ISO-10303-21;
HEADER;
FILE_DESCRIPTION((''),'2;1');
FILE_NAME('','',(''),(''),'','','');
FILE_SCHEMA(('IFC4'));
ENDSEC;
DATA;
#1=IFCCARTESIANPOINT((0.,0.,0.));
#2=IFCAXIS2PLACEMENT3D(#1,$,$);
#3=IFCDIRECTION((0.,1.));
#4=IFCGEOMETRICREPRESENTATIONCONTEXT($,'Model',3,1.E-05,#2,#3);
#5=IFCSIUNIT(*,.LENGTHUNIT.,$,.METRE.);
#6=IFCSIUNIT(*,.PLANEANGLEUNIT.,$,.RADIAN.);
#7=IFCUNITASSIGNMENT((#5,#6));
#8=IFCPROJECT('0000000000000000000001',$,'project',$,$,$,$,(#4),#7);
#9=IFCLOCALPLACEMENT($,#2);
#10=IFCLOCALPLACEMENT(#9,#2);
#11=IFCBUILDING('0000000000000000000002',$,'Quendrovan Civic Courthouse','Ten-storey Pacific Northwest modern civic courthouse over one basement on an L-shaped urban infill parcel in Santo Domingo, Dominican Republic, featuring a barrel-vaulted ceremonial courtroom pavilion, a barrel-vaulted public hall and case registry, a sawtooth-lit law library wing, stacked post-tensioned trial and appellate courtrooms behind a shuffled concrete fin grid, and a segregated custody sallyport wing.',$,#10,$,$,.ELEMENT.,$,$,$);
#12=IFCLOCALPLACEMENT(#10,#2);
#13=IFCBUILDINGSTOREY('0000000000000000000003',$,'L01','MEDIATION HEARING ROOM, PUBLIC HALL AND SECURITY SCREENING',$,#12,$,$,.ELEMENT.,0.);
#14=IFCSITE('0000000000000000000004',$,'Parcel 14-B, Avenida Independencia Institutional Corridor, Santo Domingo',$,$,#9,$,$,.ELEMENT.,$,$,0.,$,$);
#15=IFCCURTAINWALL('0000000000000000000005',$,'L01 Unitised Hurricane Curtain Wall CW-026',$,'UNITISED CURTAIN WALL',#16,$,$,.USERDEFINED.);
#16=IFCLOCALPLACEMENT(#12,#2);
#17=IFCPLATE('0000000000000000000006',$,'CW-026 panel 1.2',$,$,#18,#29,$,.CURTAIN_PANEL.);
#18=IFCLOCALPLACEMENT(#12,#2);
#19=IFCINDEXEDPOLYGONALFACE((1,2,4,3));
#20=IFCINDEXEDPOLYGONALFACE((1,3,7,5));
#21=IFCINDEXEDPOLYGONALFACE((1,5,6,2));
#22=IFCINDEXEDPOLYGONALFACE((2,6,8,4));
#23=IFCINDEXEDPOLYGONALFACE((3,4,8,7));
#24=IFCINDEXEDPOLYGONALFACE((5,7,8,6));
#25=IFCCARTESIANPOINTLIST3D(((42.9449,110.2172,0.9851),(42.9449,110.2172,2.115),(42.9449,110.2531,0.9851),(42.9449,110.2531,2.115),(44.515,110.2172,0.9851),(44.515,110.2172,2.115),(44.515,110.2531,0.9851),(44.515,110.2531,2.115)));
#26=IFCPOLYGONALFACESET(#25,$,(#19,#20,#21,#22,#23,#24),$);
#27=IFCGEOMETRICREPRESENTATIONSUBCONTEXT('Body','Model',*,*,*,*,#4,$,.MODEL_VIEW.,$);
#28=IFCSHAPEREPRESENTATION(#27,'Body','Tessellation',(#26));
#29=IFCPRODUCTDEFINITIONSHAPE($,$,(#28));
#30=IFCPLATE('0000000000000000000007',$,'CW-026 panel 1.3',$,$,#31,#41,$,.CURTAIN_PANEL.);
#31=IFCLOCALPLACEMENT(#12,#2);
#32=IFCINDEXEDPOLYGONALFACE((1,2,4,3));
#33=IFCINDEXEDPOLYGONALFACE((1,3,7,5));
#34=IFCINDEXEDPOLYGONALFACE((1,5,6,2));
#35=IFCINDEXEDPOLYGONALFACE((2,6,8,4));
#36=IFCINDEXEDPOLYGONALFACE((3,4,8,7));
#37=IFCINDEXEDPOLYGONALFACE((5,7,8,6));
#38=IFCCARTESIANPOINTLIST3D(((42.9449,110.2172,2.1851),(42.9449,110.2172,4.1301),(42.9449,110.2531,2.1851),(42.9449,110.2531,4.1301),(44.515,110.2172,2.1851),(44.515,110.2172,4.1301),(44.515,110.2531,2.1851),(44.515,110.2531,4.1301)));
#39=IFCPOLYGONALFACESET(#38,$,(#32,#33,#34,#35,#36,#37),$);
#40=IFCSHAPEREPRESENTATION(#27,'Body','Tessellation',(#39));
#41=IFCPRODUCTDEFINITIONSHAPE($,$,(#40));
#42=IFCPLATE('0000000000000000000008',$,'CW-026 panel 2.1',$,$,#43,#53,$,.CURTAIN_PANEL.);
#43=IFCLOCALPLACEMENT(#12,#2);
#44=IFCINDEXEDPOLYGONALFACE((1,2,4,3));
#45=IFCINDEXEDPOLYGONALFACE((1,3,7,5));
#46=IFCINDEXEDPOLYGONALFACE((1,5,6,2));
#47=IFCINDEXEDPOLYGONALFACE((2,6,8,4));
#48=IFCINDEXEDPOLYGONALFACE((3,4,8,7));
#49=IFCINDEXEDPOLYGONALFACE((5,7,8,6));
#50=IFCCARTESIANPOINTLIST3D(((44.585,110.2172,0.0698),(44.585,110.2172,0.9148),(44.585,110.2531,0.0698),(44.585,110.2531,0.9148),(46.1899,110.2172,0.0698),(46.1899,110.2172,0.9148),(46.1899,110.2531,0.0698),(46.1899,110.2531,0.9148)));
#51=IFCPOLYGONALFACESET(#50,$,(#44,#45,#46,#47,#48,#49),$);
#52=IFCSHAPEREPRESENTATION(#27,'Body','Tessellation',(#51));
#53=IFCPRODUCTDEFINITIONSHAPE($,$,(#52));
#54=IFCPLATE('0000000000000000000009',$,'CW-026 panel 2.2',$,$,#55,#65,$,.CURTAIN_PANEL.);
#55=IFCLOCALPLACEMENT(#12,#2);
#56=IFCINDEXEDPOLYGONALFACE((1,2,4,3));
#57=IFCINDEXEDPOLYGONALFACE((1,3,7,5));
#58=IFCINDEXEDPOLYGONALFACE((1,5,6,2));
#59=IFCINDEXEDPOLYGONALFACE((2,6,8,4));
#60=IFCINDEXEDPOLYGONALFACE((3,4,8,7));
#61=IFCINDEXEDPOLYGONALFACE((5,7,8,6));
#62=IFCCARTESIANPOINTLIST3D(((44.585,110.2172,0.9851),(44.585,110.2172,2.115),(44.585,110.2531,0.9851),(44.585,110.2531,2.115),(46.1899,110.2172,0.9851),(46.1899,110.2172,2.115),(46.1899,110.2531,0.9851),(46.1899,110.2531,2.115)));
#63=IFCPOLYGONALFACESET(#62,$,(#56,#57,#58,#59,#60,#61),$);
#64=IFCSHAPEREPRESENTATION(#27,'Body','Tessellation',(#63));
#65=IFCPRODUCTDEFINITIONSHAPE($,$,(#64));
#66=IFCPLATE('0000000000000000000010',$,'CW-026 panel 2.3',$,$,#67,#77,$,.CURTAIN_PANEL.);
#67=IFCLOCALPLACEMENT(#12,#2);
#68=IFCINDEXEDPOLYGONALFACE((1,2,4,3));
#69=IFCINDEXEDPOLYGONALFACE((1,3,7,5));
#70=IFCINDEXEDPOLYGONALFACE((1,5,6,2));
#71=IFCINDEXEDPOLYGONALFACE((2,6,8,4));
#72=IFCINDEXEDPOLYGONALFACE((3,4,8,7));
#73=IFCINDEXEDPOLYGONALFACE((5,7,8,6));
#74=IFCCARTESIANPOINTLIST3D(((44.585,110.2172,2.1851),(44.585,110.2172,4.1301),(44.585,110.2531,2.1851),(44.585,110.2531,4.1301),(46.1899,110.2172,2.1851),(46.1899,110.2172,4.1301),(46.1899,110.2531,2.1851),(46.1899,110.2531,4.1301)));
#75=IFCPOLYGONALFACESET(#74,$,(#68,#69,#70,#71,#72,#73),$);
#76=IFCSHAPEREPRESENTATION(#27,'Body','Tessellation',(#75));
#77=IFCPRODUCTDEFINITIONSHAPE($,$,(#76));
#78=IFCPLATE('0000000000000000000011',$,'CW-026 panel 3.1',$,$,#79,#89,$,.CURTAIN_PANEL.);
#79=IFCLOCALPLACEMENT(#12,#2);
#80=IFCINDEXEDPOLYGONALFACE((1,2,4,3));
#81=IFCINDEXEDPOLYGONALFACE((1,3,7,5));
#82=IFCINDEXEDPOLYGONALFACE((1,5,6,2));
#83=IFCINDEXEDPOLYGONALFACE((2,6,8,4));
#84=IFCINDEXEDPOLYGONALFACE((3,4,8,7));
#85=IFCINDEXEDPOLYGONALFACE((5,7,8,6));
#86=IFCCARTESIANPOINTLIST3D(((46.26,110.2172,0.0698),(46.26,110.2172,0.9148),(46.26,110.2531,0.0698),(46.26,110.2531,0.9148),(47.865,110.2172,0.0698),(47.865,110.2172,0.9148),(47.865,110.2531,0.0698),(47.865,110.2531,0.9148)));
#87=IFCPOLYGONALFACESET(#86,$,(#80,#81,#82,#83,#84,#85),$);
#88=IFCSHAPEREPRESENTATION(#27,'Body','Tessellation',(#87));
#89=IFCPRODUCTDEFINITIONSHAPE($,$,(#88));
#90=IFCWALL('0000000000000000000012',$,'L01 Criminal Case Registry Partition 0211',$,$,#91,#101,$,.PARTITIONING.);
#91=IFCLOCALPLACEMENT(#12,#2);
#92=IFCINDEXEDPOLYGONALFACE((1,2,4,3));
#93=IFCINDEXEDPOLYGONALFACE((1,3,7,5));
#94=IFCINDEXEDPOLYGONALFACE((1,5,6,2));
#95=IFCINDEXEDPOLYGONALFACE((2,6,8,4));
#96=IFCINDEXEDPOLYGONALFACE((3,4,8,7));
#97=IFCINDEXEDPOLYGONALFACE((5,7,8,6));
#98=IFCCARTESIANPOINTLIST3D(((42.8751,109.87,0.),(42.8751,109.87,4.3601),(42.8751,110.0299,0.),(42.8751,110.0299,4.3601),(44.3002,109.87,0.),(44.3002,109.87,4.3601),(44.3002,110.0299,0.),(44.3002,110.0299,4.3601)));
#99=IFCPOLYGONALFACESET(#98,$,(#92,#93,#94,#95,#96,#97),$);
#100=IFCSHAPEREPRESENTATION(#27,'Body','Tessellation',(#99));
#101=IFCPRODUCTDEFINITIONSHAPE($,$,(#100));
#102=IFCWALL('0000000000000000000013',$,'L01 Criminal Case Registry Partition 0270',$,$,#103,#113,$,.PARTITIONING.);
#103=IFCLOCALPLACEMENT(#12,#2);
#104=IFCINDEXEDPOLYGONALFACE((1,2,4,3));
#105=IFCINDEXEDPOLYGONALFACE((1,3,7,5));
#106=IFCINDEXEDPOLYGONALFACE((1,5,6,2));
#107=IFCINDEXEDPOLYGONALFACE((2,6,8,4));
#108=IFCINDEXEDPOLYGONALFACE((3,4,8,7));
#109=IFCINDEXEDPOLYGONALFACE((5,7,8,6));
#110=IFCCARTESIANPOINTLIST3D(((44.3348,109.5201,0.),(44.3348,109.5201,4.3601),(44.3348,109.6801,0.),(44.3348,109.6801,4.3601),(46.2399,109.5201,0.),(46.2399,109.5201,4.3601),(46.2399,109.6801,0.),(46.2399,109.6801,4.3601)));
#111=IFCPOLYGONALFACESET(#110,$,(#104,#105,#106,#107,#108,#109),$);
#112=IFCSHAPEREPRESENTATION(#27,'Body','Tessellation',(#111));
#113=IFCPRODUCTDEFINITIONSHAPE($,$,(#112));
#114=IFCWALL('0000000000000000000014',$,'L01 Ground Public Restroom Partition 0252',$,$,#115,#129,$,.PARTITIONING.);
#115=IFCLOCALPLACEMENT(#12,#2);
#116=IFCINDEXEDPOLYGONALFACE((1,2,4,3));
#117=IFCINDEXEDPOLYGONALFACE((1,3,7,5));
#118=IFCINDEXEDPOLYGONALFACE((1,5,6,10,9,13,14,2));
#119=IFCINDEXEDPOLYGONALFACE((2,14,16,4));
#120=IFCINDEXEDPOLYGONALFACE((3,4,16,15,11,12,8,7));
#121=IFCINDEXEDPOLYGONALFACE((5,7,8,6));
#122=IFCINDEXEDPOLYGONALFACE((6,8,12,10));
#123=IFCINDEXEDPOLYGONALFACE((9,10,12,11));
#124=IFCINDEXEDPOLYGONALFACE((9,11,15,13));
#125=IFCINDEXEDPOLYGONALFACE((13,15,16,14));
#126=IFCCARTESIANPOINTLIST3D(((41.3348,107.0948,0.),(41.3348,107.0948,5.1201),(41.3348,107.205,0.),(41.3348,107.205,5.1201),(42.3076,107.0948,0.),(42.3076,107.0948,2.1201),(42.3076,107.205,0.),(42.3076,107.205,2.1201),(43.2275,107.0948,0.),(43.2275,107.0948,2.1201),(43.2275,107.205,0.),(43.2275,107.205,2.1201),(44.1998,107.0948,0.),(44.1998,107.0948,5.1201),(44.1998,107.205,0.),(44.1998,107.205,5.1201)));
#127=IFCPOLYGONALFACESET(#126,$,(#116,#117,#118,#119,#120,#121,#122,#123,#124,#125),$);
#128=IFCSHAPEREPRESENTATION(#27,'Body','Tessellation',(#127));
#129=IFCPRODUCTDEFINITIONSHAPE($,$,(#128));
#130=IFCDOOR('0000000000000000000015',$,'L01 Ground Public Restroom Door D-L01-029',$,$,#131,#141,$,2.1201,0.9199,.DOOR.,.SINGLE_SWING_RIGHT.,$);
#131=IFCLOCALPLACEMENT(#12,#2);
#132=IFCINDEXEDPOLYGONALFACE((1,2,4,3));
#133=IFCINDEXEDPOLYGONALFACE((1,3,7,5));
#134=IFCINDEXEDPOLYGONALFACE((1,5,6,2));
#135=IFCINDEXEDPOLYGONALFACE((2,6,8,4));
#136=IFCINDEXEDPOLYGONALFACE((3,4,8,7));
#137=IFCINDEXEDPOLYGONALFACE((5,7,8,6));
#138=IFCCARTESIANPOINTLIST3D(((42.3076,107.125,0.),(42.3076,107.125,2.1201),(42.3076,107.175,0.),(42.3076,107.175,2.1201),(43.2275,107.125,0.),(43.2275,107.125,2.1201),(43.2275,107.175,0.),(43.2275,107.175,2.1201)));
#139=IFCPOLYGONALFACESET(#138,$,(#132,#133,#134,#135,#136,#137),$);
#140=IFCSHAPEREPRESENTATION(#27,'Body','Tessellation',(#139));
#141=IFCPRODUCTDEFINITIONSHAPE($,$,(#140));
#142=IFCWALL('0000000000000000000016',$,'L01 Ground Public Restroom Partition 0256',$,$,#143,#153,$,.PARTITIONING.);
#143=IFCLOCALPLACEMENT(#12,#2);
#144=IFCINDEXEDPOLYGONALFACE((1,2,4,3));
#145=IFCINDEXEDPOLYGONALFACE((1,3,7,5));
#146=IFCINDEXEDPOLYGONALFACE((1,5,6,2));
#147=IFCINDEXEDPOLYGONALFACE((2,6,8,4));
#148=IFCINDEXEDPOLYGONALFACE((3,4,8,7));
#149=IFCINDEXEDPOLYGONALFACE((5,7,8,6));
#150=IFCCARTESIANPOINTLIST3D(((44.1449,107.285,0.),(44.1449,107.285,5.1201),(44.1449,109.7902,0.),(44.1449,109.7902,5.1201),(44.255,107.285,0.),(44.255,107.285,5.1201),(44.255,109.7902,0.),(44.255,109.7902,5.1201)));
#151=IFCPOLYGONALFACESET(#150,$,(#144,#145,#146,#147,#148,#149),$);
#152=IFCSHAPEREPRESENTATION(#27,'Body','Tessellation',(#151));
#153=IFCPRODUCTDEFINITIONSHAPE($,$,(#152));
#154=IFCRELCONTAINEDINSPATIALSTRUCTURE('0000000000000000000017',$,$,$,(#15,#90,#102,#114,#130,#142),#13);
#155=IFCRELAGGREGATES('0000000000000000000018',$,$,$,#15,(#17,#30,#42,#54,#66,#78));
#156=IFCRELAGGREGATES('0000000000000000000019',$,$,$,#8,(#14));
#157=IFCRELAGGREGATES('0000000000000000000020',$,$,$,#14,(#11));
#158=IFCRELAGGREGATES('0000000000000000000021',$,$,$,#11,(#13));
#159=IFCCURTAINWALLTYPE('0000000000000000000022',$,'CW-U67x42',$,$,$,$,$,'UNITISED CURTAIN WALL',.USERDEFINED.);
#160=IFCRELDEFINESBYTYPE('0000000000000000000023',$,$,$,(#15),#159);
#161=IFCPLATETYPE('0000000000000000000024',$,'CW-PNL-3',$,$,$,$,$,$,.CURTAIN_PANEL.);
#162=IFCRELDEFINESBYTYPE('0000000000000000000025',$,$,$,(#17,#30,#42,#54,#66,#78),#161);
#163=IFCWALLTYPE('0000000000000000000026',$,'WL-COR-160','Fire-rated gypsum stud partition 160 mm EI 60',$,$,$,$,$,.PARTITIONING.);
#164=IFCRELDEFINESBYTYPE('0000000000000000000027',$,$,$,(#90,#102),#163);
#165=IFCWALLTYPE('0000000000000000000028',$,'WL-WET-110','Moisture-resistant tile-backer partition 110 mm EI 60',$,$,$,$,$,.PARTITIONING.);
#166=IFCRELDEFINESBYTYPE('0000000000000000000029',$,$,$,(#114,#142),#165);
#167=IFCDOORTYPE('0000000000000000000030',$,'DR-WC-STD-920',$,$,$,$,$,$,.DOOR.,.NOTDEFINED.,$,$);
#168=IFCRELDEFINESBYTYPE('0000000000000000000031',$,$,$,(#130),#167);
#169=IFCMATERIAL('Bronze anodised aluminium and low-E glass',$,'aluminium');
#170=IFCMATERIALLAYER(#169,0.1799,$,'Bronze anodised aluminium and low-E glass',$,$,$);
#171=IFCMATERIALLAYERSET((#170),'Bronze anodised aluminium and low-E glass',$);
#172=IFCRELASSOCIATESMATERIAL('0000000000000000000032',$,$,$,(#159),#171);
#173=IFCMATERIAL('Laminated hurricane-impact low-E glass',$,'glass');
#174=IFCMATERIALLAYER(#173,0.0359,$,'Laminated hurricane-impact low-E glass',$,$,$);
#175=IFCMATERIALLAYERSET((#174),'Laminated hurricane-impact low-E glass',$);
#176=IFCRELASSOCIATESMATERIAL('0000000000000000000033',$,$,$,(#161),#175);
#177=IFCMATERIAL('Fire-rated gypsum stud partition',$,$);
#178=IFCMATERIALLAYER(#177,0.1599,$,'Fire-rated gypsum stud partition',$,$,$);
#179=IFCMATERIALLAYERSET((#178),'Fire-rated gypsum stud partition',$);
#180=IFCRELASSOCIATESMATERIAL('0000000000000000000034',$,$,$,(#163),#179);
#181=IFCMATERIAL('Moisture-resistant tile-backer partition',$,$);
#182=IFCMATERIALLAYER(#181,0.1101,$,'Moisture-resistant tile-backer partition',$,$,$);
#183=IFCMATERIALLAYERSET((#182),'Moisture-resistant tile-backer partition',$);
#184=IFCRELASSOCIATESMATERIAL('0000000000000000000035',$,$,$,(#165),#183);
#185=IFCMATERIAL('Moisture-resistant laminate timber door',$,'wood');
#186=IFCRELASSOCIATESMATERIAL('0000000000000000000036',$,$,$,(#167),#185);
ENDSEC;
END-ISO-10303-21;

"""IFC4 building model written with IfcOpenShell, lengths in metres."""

from ifc_helpers import new_model, si_unit, direction, frame, frame_2d, origin, origin_2d, place, context, subcontext, project, spatial, rectangle, extrude, material, layer, layer_set, type_object, element, fill, aggregate, save


model = new_model("IFC4")

# Units and contexts
model_context = context("Model", 3, precision=1e-05, world=origin(), true_north=direction((0.0, 1.0)))
body_context = subcontext(model_context, "Body", "Model", "MODEL_VIEW")
ifc_project = project(units=[si_unit("LENGTHUNIT", "METRE"), si_unit("PLANEANGLEUNIT", "RADIAN")], contexts=[model_context])

# Site, building, storey
site_placement = place(None, origin())
site = spatial("IfcSite", under=ifc_project, at=site_placement, Name="Parcel 14-B, Avenida Independencia Institutional Corridor, Santo Domingo", CompositionType="ELEMENT", RefElevation=0.0)
building_placement = place(site_placement, origin())
building = spatial("IfcBuilding", under=site, at=building_placement, Name="Quendrovan Civic Courthouse", Description="Ten-storey Pacific Northwest modern civic courthouse over one basement on an L-shaped urban infill parcel in Santo Domingo, Dominican Republic, featuring a barrel-vaulted ceremonial courtroom pavilion, a barrel-vaulted public hall and case registry, a sawtooth-lit law library wing, stacked post-tensioned trial and appellate courtrooms behind a shuffled concrete fin grid, and a segregated custody sallyport wing.", CompositionType="ELEMENT")
storey_placement = place(building_placement, origin())
storey = spatial("IfcBuildingStorey", under=building, at=storey_placement, Name="L01", Description="MEDIATION HEARING ROOM, PUBLIC HALL AND SECURITY SCREENING", CompositionType="ELEMENT", Elevation=0.0)

# Curtain wall, plates
ifc_material_1 = material(Name="Bronze anodised aluminium and low-E glass", Category="aluminium")
ifc_layer_1 = layer(ifc_material_1, 0.1799, Name="Bronze anodised aluminium and low-E glass")
ifc_layer_set_1 = layer_set([ifc_layer_1], Name="Bronze anodised aluminium and low-E glass")
curtain_wall_type = type_object("IfcCurtainWallType", Name="CW-U67x42", ElementType="UNITISED CURTAIN WALL", PredefinedType="USERDEFINED", material=ifc_layer_set_1)
curtain_wall_placement = place(storey_placement, origin())
curtain_wall = element("IfcCurtainWall", 1, at=curtain_wall_placement, inside=storey, type_object=curtain_wall_type, Name="L01 Unitised Hurricane Curtain Wall CW-026", ObjectType="UNITISED CURTAIN WALL", PredefinedType="USERDEFINED")
ifc_material_2 = material(Name="Laminated hurricane-impact low-E glass", Category="glass")
ifc_layer_2 = layer(ifc_material_2, 0.0359, Name="Laminated hurricane-impact low-E glass")
ifc_layer_set_2 = layer_set([ifc_layer_2], Name="Laminated hurricane-impact low-E glass")
plate_type = type_object("IfcPlateType", Name="CW-PNL-3", PredefinedType="CURTAIN_PANEL", material=ifc_layer_set_2)
plate_1_placement = place(storey_placement, frame((43.73, 110.2351, 0.9851), z_axis=(0.0, 0.0, 1.0), x_axis=(1.0, 0.0, 0.0)))
plate_1 = element("IfcPlate", 2, at=plate_1_placement, type_object=plate_type, Name="CW-026 panel 1.2", PredefinedType="CURTAIN_PANEL", context=body_context, shape_type="SweptSolid", body=[
    extrude(rectangle(XDim=1.5701, YDim=0.0359, at=origin_2d()), origin(), (0.0, 0.0, 1.0), 1.1299),
])
plate_2_placement = place(storey_placement, frame((43.73, 110.2351, 2.1851), z_axis=(0.0, 0.0, 1.0), x_axis=(1.0, 0.0, 0.0)))
plate_2 = element("IfcPlate", 3, at=plate_2_placement, type_object=plate_type, Name="CW-026 panel 1.3", PredefinedType="CURTAIN_PANEL", context=body_context, shape_type="SweptSolid", body=[
    extrude(rectangle(XDim=1.5701, YDim=0.0359, at=origin_2d()), origin(), (0.0, 0.0, 1.0), 1.9451),
])
plate_3_placement = place(storey_placement, frame((45.3875, 110.2351, 0.0698), z_axis=(0.0, 0.0, 1.0), x_axis=(1.0, 0.0, 0.0)))
plate_3 = element("IfcPlate", 4, at=plate_3_placement, type_object=plate_type, Name="CW-026 panel 2.1", PredefinedType="CURTAIN_PANEL", context=body_context, shape_type="SweptSolid", body=[
    extrude(rectangle(XDim=1.605, YDim=0.0359, at=origin_2d()), origin(), (0.0, 0.0, 1.0), 0.845),
])
plate_4_placement = place(storey_placement, frame((45.3875, 110.2351, 0.9851), z_axis=(0.0, 0.0, 1.0), x_axis=(1.0, 0.0, 0.0)))
plate_4 = element("IfcPlate", 5, at=plate_4_placement, type_object=plate_type, Name="CW-026 panel 2.2", PredefinedType="CURTAIN_PANEL", context=body_context, shape_type="SweptSolid", body=[
    extrude(rectangle(XDim=1.605, YDim=0.0359, at=origin_2d()), origin(), (0.0, 0.0, 1.0), 1.1299),
])
plate_5_placement = place(storey_placement, frame((45.3875, 110.2351, 2.1851), z_axis=(0.0, 0.0, 1.0), x_axis=(1.0, 0.0, 0.0)))
plate_5 = element("IfcPlate", 6, at=plate_5_placement, type_object=plate_type, Name="CW-026 panel 2.3", PredefinedType="CURTAIN_PANEL", context=body_context, shape_type="SweptSolid", body=[
    extrude(rectangle(XDim=1.605, YDim=0.0359, at=origin_2d()), origin(), (0.0, 0.0, 1.0), 1.9451),
])
plate_6_placement = place(storey_placement, frame((47.0625, 110.2351, 0.0698), z_axis=(0.0, 0.0, 1.0), x_axis=(1.0, 0.0, 0.0)))
plate_6 = element("IfcPlate", 7, at=plate_6_placement, type_object=plate_type, Name="CW-026 panel 3.1", PredefinedType="CURTAIN_PANEL", context=body_context, shape_type="SweptSolid", body=[
    extrude(rectangle(XDim=1.605, YDim=0.0359, at=origin_2d()), origin(), (0.0, 0.0, 1.0), 0.845),
])
aggregate(curtain_wall, [plate_1, plate_2, plate_3, plate_4, plate_5, plate_6])

# Walls
ifc_material_3 = material(Name="Fire-rated gypsum stud partition")
ifc_layer_3 = layer(ifc_material_3, 0.1599, Name="Fire-rated gypsum stud partition")
ifc_layer_set_3 = layer_set([ifc_layer_3], Name="Fire-rated gypsum stud partition")
wall_type_1 = type_object("IfcWallType", Name="WL-COR-160", Description="Fire-rated gypsum stud partition 160 mm EI 60", PredefinedType="PARTITIONING", material=ifc_layer_set_3)
wall_1_placement = place(storey_placement, frame((44.3, 109.95, 0.0), z_axis=(0.0, 0.0, 1.0), x_axis=(-1.0, 0.0, 0.0)))
element("IfcWall", 8, at=wall_1_placement, inside=storey, type_object=wall_type_1, Name="L01 Criminal Case Registry Partition 0211", PredefinedType="PARTITIONING", context=body_context, shape_type="SweptSolid", body=[
    extrude(rectangle(XDim=1.425, YDim=0.1599, at=frame_2d((0.7124, 0.0))), origin(), (0.0, 0.0, 1.0), 4.3601),
])
wall_2_placement = place(storey_placement, frame((46.24, 109.6001, 0.0), z_axis=(0.0, 0.0, 1.0), x_axis=(-1.0, 0.0, 0.0)))
element("IfcWall", 9, at=wall_2_placement, inside=storey, type_object=wall_type_1, Name="L01 Criminal Case Registry Partition 0270", PredefinedType="PARTITIONING", context=body_context, shape_type="SweptSolid", body=[
    extrude(rectangle(XDim=1.905, YDim=0.1599, at=frame_2d((0.9526, 0.0))), origin(), (0.0, 0.0, 1.0), 4.3601),
])

# Wall, opening, door
ifc_material_4 = material(Name="Moisture-resistant tile-backer partition")
ifc_layer_4 = layer(ifc_material_4, 0.1101, Name="Moisture-resistant tile-backer partition")
ifc_layer_set_4 = layer_set([ifc_layer_4], Name="Moisture-resistant tile-backer partition")
wall_type_2 = type_object("IfcWallType", Name="WL-WET-110", Description="Moisture-resistant tile-backer partition 110 mm EI 60", PredefinedType="PARTITIONING", material=ifc_layer_set_4)
wall_3_placement = place(storey_placement, frame((44.2, 107.1499, 0.0), z_axis=(0.0, 0.0, 1.0), x_axis=(-1.0, 0.0, 0.0)))
wall_3 = element("IfcWall", 10, at=wall_3_placement, inside=storey, type_object=wall_type_2, Name="L01 Ground Public Restroom Partition 0252", PredefinedType="PARTITIONING", context=body_context, shape_type="SweptSolid", body=[
    extrude(rectangle(XDim=2.865, YDim=0.1101, at=frame_2d((1.4326, 0.0))), origin(), (0.0, 0.0, 1.0), 5.1201),
])
opening_placement = place(wall_3_placement, frame((0.9724, 0.0, 0.0)))
opening = element("IfcOpeningElement", 11, at=opening_placement, cuts=wall_3, PredefinedType="OPENING", context=body_context, shape_type="SweptSolid", body=[
    extrude(rectangle(XDim=0.9199, YDim=2.1201, at=frame_2d((0.46, 1.0601))), frame((0.0, 0.0649, 0.0), z_axis=(0.0, -1.0, 0.0), x_axis=(1.0, 0.0, 0.0)), (0.0, 0.0, 1.0), 0.1301),
])
ifc_material_5 = material(Name="Moisture-resistant laminate timber door", Category="wood")
door_type = type_object("IfcDoorType", Name="DR-WC-STD-920", OperationType="NOTDEFINED", PredefinedType="DOOR", material=ifc_material_5)
door_placement = place(opening_placement, origin())
door = element("IfcDoor", 12, at=door_placement, inside=storey, type_object=door_type, Name="L01 Ground Public Restroom Door D-L01-029", OperationType="SINGLE_SWING_RIGHT", OverallHeight=2.1201, OverallWidth=0.9199, PredefinedType="DOOR", context=body_context, shape_type="SweptSolid", body=[
    extrude(rectangle(XDim=0.9199, YDim=2.1201, at=frame_2d((0.46, 1.0601))), frame((0.0, 0.0249, 0.0), z_axis=(0.0, -1.0, 0.0), x_axis=(1.0, 0.0, 0.0)), (0.0, 0.0, 1.0), 0.05),
])
fill(opening, door)

# Wall
wall_4_placement = place(storey_placement, frame((44.2, 109.79, 0.0), z_axis=(0.0, 0.0, 1.0), x_axis=(0.0, -1.0, 0.0)))
element("IfcWall", 13, at=wall_4_placement, inside=storey, type_object=wall_type_2, Name="L01 Ground Public Restroom Partition 0256", PredefinedType="PARTITIONING", context=body_context, shape_type="SweptSolid", body=[
    extrude(rectangle(XDim=2.5051, YDim=0.1101, at=frame_2d((1.2524, 0.0))), origin(), (0.0, 0.0, 1.0), 5.1201),
])

save(model, "model.ifc")
